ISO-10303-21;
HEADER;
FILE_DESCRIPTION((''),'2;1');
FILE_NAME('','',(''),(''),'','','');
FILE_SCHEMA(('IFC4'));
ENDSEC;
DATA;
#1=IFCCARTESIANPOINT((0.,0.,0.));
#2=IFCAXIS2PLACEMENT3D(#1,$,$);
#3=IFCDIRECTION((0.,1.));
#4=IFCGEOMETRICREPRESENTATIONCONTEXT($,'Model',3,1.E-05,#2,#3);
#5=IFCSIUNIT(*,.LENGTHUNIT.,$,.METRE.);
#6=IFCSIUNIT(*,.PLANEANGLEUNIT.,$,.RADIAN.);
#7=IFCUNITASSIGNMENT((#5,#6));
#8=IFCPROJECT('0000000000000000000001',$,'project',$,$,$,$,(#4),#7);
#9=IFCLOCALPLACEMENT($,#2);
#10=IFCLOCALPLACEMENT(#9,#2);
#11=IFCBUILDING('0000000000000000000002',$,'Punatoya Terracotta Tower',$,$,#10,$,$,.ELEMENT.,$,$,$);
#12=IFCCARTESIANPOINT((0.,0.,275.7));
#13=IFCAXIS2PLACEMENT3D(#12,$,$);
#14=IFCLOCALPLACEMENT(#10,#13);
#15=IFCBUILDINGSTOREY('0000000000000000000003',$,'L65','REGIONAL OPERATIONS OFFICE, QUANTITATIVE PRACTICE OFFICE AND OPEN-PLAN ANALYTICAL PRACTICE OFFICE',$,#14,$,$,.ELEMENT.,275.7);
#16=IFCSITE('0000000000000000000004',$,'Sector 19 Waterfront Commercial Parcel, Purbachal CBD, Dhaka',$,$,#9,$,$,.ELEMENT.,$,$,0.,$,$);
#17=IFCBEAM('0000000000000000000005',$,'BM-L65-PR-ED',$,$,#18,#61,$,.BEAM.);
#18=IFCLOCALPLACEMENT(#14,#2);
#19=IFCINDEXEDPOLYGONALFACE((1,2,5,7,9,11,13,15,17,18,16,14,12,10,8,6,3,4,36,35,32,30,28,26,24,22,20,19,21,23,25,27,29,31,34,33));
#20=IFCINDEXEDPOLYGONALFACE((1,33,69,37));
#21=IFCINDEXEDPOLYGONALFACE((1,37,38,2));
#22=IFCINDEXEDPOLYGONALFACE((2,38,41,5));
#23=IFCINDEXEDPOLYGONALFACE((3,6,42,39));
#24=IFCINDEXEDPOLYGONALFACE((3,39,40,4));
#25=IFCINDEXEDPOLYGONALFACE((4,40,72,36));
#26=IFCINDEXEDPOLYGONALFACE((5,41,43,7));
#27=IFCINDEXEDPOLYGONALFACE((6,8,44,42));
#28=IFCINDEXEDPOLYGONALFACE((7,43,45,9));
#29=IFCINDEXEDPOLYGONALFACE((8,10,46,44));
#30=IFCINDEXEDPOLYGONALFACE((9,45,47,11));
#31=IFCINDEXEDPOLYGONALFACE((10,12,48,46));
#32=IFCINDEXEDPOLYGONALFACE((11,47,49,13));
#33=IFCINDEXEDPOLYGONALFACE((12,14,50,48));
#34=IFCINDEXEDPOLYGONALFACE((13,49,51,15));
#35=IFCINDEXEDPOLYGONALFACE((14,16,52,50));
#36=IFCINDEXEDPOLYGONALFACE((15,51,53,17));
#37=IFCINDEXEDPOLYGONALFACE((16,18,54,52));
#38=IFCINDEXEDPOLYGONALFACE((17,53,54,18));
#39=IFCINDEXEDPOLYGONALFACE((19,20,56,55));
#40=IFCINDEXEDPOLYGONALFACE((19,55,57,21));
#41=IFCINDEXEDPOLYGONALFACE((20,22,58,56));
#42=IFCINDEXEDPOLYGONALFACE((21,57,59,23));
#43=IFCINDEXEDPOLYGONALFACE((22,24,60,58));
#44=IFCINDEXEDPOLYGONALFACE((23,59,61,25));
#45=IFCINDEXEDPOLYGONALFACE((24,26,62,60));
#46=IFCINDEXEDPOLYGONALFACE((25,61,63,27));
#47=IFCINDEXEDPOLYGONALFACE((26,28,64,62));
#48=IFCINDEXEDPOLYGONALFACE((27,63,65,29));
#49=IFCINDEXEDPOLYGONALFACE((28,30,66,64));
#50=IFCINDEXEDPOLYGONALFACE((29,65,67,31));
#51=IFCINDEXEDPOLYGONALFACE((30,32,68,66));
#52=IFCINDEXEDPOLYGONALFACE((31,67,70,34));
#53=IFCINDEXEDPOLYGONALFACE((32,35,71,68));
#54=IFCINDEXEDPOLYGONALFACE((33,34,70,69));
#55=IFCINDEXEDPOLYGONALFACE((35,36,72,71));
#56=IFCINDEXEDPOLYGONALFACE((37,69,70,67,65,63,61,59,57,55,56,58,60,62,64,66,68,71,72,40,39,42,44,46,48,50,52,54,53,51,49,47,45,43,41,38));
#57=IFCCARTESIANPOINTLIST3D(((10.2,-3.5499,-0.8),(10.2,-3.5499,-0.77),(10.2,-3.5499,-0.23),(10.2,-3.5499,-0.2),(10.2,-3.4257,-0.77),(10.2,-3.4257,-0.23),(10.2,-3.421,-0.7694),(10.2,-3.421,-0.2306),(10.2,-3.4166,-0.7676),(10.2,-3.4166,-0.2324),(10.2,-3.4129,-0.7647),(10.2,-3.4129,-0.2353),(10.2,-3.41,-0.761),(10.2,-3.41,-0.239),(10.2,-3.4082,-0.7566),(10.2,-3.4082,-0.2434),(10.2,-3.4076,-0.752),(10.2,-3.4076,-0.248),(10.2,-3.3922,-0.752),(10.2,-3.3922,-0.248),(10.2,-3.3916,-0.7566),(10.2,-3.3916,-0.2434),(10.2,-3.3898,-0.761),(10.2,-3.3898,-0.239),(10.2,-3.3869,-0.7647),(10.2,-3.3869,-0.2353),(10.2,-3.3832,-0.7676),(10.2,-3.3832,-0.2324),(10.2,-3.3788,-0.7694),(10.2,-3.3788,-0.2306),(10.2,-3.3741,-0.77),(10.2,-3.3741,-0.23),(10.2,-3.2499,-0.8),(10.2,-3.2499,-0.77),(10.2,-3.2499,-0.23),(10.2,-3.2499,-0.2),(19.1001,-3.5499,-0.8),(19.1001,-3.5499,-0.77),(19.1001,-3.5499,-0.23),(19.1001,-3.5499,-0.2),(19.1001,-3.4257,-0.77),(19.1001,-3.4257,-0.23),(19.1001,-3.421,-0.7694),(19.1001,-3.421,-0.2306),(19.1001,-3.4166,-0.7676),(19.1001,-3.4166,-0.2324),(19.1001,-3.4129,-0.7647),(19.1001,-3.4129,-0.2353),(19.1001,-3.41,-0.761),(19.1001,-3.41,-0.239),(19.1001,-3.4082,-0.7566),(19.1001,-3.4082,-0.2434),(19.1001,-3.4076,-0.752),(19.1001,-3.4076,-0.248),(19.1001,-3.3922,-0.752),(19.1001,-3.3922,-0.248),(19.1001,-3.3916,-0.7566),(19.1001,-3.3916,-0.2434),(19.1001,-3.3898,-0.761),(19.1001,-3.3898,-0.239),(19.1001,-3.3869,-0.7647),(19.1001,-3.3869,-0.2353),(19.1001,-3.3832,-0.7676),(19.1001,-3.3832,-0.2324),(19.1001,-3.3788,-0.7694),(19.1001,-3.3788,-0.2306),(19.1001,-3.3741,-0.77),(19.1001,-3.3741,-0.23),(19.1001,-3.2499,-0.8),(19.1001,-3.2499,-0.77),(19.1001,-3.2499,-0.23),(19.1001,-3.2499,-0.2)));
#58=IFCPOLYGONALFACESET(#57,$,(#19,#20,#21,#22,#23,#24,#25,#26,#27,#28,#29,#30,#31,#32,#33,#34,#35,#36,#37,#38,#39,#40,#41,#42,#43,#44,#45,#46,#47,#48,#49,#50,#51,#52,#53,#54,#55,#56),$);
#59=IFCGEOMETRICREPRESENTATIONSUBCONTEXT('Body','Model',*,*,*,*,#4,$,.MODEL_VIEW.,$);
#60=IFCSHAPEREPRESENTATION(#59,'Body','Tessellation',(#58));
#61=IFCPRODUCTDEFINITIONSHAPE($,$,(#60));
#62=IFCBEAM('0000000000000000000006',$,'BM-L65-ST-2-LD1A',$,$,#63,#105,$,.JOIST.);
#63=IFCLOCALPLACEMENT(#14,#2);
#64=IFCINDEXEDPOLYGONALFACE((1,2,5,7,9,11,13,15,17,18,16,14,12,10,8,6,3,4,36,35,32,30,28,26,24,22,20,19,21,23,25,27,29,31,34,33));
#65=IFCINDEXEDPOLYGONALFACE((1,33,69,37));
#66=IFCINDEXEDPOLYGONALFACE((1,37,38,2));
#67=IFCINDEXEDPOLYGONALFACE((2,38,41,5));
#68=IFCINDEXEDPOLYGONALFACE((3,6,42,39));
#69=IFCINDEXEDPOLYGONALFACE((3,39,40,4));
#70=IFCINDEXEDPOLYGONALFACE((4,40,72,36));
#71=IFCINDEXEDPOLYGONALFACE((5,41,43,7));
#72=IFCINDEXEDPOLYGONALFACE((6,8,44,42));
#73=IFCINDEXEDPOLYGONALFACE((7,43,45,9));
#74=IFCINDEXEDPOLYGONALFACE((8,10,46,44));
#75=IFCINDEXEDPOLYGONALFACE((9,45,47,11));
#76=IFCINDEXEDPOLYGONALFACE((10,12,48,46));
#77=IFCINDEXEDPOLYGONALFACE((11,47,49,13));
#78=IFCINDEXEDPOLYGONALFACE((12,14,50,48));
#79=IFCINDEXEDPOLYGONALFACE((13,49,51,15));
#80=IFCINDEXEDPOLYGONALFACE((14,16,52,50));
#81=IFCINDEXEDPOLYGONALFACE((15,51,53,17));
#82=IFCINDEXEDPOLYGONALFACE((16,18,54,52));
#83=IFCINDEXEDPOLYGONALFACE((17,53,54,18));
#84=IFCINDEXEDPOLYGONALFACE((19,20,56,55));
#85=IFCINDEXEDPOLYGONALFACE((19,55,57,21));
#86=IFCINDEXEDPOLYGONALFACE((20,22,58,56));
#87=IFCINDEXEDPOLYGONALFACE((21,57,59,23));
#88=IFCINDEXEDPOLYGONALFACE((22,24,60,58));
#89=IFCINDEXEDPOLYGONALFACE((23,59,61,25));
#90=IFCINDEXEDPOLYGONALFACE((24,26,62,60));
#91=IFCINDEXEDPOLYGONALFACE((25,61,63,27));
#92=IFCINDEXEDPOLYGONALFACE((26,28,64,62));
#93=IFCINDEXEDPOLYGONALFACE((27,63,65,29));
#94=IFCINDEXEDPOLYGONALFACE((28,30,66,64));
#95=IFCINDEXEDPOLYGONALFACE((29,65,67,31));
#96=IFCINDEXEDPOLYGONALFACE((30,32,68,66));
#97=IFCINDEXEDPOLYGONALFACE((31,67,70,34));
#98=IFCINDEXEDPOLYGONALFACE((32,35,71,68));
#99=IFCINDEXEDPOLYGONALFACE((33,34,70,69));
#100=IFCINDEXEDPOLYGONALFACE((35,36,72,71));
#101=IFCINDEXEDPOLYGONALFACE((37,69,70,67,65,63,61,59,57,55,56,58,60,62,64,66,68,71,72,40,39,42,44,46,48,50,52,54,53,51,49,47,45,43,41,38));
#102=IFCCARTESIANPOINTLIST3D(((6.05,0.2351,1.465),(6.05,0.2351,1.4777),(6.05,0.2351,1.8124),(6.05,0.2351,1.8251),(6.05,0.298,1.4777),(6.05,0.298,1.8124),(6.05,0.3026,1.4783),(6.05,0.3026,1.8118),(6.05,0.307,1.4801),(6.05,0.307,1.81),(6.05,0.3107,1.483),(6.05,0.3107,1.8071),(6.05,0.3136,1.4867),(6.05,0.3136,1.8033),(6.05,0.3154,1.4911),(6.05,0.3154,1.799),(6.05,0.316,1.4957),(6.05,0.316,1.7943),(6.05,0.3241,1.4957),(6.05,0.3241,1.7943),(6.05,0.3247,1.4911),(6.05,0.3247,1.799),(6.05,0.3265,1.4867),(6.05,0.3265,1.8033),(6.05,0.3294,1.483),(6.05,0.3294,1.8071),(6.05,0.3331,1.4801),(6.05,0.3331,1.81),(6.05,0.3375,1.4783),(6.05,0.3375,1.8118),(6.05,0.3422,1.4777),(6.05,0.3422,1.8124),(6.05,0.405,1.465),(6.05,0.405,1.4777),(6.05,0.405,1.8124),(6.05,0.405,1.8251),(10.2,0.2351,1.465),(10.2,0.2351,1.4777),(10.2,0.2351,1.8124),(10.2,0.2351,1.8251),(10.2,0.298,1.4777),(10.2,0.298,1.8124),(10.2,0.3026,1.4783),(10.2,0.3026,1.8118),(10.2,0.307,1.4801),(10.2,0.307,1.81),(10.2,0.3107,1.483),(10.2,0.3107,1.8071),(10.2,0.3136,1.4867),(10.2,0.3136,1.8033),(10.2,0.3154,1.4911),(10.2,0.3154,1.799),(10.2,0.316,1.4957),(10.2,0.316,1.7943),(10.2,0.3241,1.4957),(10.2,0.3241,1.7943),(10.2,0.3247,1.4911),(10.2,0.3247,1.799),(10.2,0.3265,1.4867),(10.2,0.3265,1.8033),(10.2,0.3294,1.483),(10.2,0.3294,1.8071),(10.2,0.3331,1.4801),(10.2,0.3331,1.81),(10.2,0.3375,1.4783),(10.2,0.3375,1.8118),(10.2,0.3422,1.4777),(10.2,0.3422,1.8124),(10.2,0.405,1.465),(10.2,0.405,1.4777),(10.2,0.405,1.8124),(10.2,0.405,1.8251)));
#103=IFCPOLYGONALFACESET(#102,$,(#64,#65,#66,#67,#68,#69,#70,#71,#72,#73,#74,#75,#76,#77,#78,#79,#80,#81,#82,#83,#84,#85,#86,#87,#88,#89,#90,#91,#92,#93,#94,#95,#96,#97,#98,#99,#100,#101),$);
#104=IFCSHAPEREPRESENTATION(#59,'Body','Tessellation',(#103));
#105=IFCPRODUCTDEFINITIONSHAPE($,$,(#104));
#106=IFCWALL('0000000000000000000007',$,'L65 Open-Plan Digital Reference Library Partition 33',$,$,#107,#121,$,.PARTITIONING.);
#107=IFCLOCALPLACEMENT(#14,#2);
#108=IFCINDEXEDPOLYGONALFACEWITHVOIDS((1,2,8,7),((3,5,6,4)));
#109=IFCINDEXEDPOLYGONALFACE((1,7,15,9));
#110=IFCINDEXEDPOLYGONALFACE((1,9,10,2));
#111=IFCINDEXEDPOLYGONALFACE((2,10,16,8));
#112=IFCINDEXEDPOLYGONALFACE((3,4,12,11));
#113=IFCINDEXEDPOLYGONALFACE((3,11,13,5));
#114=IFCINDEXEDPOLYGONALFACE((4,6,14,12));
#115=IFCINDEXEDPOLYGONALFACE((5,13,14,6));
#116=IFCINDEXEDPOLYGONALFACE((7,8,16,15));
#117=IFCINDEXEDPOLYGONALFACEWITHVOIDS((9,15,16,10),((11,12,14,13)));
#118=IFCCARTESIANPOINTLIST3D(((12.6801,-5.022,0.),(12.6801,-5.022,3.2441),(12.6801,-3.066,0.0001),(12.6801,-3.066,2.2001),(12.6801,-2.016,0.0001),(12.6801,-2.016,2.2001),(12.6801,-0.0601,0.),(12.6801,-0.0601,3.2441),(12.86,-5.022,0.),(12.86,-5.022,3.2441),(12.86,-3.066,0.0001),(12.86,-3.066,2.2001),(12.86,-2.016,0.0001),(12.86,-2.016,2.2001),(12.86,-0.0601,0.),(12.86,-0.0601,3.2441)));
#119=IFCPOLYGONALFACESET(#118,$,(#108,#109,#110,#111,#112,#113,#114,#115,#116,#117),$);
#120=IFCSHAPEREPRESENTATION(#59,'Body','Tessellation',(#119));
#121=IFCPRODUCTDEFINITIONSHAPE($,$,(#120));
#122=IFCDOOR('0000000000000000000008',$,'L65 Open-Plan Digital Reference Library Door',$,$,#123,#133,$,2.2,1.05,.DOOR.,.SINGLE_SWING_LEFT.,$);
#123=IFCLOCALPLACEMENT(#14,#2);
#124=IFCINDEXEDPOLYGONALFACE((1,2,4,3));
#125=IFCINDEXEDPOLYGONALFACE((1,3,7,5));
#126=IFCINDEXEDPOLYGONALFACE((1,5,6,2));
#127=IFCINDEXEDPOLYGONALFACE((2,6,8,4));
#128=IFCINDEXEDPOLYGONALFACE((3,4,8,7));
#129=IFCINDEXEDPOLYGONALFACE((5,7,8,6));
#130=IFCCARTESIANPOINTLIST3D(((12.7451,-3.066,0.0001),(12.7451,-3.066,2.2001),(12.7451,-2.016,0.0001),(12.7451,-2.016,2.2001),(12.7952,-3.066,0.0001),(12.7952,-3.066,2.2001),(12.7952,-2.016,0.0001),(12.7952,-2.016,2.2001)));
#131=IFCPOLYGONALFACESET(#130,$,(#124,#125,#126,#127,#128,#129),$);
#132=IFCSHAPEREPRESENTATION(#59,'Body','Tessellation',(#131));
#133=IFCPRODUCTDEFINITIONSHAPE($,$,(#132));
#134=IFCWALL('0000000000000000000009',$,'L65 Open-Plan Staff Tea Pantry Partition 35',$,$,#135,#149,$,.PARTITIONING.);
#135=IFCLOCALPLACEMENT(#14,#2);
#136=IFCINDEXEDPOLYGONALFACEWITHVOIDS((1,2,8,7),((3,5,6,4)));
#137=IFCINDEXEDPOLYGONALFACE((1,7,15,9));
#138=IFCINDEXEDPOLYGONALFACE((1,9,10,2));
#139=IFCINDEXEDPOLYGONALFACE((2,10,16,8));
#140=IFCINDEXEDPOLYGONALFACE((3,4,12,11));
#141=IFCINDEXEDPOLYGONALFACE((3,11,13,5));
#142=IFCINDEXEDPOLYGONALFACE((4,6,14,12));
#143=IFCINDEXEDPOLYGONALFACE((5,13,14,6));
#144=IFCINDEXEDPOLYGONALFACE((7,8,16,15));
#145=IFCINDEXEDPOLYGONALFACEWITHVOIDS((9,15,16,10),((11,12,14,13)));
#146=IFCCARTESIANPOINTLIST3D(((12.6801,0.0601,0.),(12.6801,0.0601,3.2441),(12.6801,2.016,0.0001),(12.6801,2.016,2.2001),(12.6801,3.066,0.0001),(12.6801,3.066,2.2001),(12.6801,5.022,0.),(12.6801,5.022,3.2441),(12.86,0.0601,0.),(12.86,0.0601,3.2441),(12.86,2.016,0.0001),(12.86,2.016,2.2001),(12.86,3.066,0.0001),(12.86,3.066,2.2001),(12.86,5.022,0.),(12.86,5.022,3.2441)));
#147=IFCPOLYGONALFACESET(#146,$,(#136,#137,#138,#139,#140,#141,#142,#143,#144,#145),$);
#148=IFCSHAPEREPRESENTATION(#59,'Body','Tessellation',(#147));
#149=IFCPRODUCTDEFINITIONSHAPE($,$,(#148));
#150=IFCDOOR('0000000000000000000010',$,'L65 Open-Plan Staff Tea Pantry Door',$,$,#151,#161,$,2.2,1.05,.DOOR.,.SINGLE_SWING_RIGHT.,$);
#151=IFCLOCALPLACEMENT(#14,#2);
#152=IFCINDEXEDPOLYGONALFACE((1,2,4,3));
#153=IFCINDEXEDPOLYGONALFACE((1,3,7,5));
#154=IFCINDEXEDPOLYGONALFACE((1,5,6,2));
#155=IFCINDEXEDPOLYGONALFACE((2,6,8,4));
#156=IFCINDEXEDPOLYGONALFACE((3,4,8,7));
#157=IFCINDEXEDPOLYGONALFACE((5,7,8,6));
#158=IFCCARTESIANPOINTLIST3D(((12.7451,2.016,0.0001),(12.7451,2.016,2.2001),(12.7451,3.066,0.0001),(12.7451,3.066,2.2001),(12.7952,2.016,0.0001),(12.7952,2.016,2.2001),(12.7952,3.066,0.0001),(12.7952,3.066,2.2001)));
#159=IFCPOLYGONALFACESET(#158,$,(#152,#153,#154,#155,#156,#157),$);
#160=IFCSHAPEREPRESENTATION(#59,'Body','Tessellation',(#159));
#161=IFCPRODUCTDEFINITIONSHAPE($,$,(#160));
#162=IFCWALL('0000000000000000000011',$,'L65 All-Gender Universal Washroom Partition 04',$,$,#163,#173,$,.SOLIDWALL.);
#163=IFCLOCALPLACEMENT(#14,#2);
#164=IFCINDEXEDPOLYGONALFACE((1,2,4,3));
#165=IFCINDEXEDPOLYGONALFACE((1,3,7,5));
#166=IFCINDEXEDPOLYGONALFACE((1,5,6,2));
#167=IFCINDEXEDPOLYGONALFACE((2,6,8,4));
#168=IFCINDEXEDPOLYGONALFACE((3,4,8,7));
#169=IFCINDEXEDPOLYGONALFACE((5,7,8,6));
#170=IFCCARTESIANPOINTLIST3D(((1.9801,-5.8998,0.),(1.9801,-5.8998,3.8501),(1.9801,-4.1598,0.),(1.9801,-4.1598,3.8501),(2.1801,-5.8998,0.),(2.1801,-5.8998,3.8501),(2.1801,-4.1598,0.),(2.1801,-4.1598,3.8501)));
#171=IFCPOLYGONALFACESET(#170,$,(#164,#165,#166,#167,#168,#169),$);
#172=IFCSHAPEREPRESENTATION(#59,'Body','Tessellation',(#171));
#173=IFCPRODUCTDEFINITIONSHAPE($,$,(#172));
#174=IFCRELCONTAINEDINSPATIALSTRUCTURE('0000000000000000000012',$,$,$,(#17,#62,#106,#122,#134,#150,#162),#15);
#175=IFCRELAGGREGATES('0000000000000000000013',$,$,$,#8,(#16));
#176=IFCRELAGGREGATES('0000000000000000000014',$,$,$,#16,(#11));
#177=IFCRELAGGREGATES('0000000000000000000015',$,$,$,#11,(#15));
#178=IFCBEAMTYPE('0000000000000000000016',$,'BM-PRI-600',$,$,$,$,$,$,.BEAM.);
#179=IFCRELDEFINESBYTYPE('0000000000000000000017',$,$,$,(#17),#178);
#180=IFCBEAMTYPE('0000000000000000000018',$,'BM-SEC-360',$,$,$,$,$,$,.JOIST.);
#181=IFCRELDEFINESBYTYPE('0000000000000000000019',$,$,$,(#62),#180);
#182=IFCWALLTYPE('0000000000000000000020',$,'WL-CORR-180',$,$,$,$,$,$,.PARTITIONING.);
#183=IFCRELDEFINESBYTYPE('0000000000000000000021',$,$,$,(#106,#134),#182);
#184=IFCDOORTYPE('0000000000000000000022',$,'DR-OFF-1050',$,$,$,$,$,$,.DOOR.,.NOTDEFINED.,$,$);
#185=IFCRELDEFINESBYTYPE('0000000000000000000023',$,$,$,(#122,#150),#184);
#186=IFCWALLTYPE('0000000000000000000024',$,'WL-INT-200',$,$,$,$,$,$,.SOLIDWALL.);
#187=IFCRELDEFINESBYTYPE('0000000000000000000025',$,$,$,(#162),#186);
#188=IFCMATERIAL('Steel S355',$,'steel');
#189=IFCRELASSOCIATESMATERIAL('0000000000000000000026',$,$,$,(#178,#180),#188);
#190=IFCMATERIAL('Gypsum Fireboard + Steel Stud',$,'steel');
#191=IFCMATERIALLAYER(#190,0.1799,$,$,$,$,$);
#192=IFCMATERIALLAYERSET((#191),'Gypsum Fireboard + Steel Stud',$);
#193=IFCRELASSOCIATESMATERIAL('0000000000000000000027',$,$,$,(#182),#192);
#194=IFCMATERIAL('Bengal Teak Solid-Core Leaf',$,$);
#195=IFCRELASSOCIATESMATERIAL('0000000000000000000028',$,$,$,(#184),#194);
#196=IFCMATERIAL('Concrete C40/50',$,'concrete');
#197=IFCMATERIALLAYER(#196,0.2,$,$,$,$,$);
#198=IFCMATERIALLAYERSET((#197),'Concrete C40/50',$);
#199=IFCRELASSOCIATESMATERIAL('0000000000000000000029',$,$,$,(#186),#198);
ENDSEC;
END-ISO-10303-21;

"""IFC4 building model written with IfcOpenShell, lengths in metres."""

from ifc_helpers import new_model, si_unit, direction, frame, frame_2d, origin, origin_2d, place, context, subcontext, project, spatial, rectangle, i_section, extrude, material, layer, layer_set, material_profile, profile_set, type_object, element, fill, save


model = new_model("IFC4")

# Units and contexts
model_context = context("Model", 3, precision=1e-05, world=origin(), true_north=direction((0.0, 1.0)))
body_context = subcontext(model_context, "Body", "Model", "MODEL_VIEW")
ifc_project = project(units=[si_unit("LENGTHUNIT", "METRE"), si_unit("PLANEANGLEUNIT", "RADIAN")], contexts=[model_context])

# Site, building, storey
site_placement = place(None, origin())
site = spatial("IfcSite", under=ifc_project, at=site_placement, Name="Sector 19 Waterfront Commercial Parcel, Purbachal CBD, Dhaka", CompositionType="ELEMENT", RefElevation=0.0)
building_placement = place(site_placement, origin())
building = spatial("IfcBuilding", under=site, at=building_placement, Name="Punatoya Terracotta Tower", CompositionType="ELEMENT")
storey_placement = place(building_placement, frame((0.0, 0.0, 275.7)))
storey = spatial("IfcBuildingStorey", under=building, at=storey_placement, Name="L65", Description="REGIONAL OPERATIONS OFFICE, QUANTITATIVE PRACTICE OFFICE AND OPEN-PLAN ANALYTICAL PRACTICE OFFICE", CompositionType="ELEMENT", Elevation=275.7)

# Beams
ifc_material_1 = material(Name="Steel S355", Category="steel")
ifc_material_profile_1 = material_profile(ifc_material_1, i_section(OverallWidth=0.3, OverallDepth=0.6001, WebThickness=0.0154, FlangeThickness=0.03, FilletRadius=0.0181, at=origin_2d()))
ifc_profile_set_1 = profile_set([ifc_material_profile_1], Name="Steel S355")
beam_type_1 = type_object("IfcBeamType", Name="BM-PRI-600", PredefinedType="BEAM", material=ifc_profile_set_1)
beam_1_placement = place(storey_placement, frame((10.2, -3.3999, -0.5), z_axis=(1.0, 0.0, 0.0), x_axis=(0.0, 1.0, 0.0)))
element("IfcBeam", 1, at=beam_1_placement, inside=storey, type_object=beam_type_1, Name="BM-L65-PR-ED", PredefinedType="BEAM", context=body_context, shape_type="SweptSolid", body=[
    extrude(i_section(OverallWidth=0.3, OverallDepth=0.6001, WebThickness=0.0154, FlangeThickness=0.03, FilletRadius=0.0181, at=origin_2d()), origin(), (0.0, 0.0, 1.0), 8.9001),
])
ifc_material_profile_2 = material_profile(ifc_material_1, i_section(OverallWidth=0.1699, OverallDepth=0.3601, WebThickness=0.0081, FlangeThickness=0.0127, FilletRadius=0.0181, at=origin_2d()))
ifc_profile_set_2 = profile_set([ifc_material_profile_2], Name="Steel S355")
beam_type_2 = type_object("IfcBeamType", Name="BM-SEC-360", PredefinedType="JOIST", material=ifc_profile_set_2)
beam_2_placement = place(storey_placement, frame((6.05, 0.3201, 1.645), z_axis=(1.0, 0.0, 0.0), x_axis=(0.0, 1.0, 0.0)))
element("IfcBeam", 2, at=beam_2_placement, inside=storey, type_object=beam_type_2, Name="BM-L65-ST-2-LD1A", PredefinedType="JOIST", context=body_context, shape_type="SweptSolid", body=[
    extrude(i_section(OverallWidth=0.1699, OverallDepth=0.3601, WebThickness=0.0081, FlangeThickness=0.0127, FilletRadius=0.0181, at=origin_2d()), origin(), (0.0, 0.0, 1.0), 4.1499),
])

# Walls, openings, doors
ifc_material_2 = material(Name="Gypsum Fireboard + Steel Stud", Category="steel")
ifc_layer_1 = layer(ifc_material_2, 0.1799)
ifc_layer_set_1 = layer_set([ifc_layer_1], Name="Gypsum Fireboard + Steel Stud")
wall_type_1 = type_object("IfcWallType", Name="WL-CORR-180", PredefinedType="PARTITIONING", material=ifc_layer_set_1)
wall_1_placement = place(storey_placement, frame((12.77, -5.022, 0.0), z_axis=(0.0, 0.0, 1.0), x_axis=(0.0, 1.0, 0.0)))
wall_1 = element("IfcWall", 3, at=wall_1_placement, inside=storey, type_object=wall_type_1, Name="L65 Open-Plan Digital Reference Library Partition 33", PredefinedType="PARTITIONING", context=body_context, shape_type="SweptSolid", body=[
    extrude(rectangle(XDim=4.9619, YDim=0.1799, at=frame_2d((2.481, 0.0))), origin(), (0.0, 0.0, 1.0), 3.2441),
])
opening_1_placement = place(wall_1_placement, frame((1.9561, 0.0, 0.0)))
opening_1 = element("IfcOpeningElement", 4, at=opening_1_placement, cuts=wall_1, PredefinedType="OPENING", context=body_context, shape_type="SweptSolid", body=[
    extrude(rectangle(XDim=1.05, YDim=2.2, at=frame_2d((0.5249, 1.1001))), frame((0.0, 0.0999, 0.0), z_axis=(0.0, -1.0, 0.0), x_axis=(1.0, 0.0, 0.0)), (0.0, 0.0, 1.0), 0.2),
])
ifc_material_3 = material(Name="Bengal Teak Solid-Core Leaf")
door_type_1 = type_object("IfcDoorType", Name="DR-OFF-1050", OperationType="NOTDEFINED", PredefinedType="DOOR", material=ifc_material_3)
door_1_placement = place(opening_1_placement, origin())
door_1 = element("IfcDoor", 5, at=door_1_placement, inside=storey, type_object=door_type_1, Name="L65 Open-Plan Digital Reference Library Door", OperationType="SINGLE_SWING_LEFT", OverallHeight=2.2, OverallWidth=1.05, PredefinedType="DOOR", context=body_context, shape_type="SweptSolid", body=[
    extrude(rectangle(XDim=1.05, YDim=2.2, at=frame_2d((0.5249, 1.1001))), frame((0.0, 0.0249, 0.0), z_axis=(0.0, -1.0, 0.0), x_axis=(1.0, 0.0, 0.0)), (0.0, 0.0, 1.0), 0.05),
])
fill(opening_1, door_1)
wall_2_placement = place(storey_placement, frame((12.77, 0.0601, 0.0), z_axis=(0.0, 0.0, 1.0), x_axis=(0.0, 1.0, 0.0)))
wall_2 = element("IfcWall", 6, at=wall_2_placement, inside=storey, type_object=wall_type_1, Name="L65 Open-Plan Staff Tea Pantry Partition 35", PredefinedType="PARTITIONING", context=body_context, shape_type="SweptSolid", body=[
    extrude(rectangle(XDim=4.9619, YDim=0.1799, at=frame_2d((2.481, 0.0))), origin(), (0.0, 0.0, 1.0), 3.2441),
])
opening_2_placement = place(wall_2_placement, frame((1.9561, 0.0, 0.0)))
opening_2 = element("IfcOpeningElement", 7, at=opening_2_placement, cuts=wall_2, PredefinedType="OPENING", context=body_context, shape_type="SweptSolid", body=[
    extrude(rectangle(XDim=1.05, YDim=2.2, at=frame_2d((0.5249, 1.1001))), frame((0.0, 0.0999, 0.0), z_axis=(0.0, -1.0, 0.0), x_axis=(1.0, 0.0, 0.0)), (0.0, 0.0, 1.0), 0.2),
])
door_2_placement = place(opening_2_placement, origin())
door_2 = element("IfcDoor", 8, at=door_2_placement, inside=storey, type_object=door_type_1, Name="L65 Open-Plan Staff Tea Pantry Door", OperationType="SINGLE_SWING_RIGHT", OverallHeight=2.2, OverallWidth=1.05, PredefinedType="DOOR", context=body_context, shape_type="SweptSolid", body=[
    extrude(rectangle(XDim=1.05, YDim=2.2, at=frame_2d((0.5249, 1.1001))), frame((0.0, 0.0249, 0.0), z_axis=(0.0, -1.0, 0.0), x_axis=(1.0, 0.0, 0.0)), (0.0, 0.0, 1.0), 0.05),
])
fill(opening_2, door_2)

# Wall
ifc_material_4 = material(Name="Concrete C40/50", Category="concrete")
ifc_layer_2 = layer(ifc_material_4, 0.2)
ifc_layer_set_2 = layer_set([ifc_layer_2], Name="Concrete C40/50")
wall_type_2 = type_object("IfcWallType", Name="WL-INT-200", PredefinedType="SOLIDWALL", material=ifc_layer_set_2)
wall_3_placement = place(storey_placement, frame((2.0801, -5.8999, 0.0), z_axis=(0.0, 0.0, 1.0), x_axis=(0.0, 1.0, 0.0)))
element("IfcWall", 9, at=wall_3_placement, inside=storey, type_object=wall_type_2, Name="L65 All-Gender Universal Washroom Partition 04", PredefinedType="SOLIDWALL", context=body_context, shape_type="SweptSolid", body=[
    extrude(rectangle(XDim=1.74, YDim=0.2, at=frame_2d((0.8701, 0.0))), origin(), (0.0, 0.0, 1.0), 3.8501),
])

save(model, "model.ifc")
